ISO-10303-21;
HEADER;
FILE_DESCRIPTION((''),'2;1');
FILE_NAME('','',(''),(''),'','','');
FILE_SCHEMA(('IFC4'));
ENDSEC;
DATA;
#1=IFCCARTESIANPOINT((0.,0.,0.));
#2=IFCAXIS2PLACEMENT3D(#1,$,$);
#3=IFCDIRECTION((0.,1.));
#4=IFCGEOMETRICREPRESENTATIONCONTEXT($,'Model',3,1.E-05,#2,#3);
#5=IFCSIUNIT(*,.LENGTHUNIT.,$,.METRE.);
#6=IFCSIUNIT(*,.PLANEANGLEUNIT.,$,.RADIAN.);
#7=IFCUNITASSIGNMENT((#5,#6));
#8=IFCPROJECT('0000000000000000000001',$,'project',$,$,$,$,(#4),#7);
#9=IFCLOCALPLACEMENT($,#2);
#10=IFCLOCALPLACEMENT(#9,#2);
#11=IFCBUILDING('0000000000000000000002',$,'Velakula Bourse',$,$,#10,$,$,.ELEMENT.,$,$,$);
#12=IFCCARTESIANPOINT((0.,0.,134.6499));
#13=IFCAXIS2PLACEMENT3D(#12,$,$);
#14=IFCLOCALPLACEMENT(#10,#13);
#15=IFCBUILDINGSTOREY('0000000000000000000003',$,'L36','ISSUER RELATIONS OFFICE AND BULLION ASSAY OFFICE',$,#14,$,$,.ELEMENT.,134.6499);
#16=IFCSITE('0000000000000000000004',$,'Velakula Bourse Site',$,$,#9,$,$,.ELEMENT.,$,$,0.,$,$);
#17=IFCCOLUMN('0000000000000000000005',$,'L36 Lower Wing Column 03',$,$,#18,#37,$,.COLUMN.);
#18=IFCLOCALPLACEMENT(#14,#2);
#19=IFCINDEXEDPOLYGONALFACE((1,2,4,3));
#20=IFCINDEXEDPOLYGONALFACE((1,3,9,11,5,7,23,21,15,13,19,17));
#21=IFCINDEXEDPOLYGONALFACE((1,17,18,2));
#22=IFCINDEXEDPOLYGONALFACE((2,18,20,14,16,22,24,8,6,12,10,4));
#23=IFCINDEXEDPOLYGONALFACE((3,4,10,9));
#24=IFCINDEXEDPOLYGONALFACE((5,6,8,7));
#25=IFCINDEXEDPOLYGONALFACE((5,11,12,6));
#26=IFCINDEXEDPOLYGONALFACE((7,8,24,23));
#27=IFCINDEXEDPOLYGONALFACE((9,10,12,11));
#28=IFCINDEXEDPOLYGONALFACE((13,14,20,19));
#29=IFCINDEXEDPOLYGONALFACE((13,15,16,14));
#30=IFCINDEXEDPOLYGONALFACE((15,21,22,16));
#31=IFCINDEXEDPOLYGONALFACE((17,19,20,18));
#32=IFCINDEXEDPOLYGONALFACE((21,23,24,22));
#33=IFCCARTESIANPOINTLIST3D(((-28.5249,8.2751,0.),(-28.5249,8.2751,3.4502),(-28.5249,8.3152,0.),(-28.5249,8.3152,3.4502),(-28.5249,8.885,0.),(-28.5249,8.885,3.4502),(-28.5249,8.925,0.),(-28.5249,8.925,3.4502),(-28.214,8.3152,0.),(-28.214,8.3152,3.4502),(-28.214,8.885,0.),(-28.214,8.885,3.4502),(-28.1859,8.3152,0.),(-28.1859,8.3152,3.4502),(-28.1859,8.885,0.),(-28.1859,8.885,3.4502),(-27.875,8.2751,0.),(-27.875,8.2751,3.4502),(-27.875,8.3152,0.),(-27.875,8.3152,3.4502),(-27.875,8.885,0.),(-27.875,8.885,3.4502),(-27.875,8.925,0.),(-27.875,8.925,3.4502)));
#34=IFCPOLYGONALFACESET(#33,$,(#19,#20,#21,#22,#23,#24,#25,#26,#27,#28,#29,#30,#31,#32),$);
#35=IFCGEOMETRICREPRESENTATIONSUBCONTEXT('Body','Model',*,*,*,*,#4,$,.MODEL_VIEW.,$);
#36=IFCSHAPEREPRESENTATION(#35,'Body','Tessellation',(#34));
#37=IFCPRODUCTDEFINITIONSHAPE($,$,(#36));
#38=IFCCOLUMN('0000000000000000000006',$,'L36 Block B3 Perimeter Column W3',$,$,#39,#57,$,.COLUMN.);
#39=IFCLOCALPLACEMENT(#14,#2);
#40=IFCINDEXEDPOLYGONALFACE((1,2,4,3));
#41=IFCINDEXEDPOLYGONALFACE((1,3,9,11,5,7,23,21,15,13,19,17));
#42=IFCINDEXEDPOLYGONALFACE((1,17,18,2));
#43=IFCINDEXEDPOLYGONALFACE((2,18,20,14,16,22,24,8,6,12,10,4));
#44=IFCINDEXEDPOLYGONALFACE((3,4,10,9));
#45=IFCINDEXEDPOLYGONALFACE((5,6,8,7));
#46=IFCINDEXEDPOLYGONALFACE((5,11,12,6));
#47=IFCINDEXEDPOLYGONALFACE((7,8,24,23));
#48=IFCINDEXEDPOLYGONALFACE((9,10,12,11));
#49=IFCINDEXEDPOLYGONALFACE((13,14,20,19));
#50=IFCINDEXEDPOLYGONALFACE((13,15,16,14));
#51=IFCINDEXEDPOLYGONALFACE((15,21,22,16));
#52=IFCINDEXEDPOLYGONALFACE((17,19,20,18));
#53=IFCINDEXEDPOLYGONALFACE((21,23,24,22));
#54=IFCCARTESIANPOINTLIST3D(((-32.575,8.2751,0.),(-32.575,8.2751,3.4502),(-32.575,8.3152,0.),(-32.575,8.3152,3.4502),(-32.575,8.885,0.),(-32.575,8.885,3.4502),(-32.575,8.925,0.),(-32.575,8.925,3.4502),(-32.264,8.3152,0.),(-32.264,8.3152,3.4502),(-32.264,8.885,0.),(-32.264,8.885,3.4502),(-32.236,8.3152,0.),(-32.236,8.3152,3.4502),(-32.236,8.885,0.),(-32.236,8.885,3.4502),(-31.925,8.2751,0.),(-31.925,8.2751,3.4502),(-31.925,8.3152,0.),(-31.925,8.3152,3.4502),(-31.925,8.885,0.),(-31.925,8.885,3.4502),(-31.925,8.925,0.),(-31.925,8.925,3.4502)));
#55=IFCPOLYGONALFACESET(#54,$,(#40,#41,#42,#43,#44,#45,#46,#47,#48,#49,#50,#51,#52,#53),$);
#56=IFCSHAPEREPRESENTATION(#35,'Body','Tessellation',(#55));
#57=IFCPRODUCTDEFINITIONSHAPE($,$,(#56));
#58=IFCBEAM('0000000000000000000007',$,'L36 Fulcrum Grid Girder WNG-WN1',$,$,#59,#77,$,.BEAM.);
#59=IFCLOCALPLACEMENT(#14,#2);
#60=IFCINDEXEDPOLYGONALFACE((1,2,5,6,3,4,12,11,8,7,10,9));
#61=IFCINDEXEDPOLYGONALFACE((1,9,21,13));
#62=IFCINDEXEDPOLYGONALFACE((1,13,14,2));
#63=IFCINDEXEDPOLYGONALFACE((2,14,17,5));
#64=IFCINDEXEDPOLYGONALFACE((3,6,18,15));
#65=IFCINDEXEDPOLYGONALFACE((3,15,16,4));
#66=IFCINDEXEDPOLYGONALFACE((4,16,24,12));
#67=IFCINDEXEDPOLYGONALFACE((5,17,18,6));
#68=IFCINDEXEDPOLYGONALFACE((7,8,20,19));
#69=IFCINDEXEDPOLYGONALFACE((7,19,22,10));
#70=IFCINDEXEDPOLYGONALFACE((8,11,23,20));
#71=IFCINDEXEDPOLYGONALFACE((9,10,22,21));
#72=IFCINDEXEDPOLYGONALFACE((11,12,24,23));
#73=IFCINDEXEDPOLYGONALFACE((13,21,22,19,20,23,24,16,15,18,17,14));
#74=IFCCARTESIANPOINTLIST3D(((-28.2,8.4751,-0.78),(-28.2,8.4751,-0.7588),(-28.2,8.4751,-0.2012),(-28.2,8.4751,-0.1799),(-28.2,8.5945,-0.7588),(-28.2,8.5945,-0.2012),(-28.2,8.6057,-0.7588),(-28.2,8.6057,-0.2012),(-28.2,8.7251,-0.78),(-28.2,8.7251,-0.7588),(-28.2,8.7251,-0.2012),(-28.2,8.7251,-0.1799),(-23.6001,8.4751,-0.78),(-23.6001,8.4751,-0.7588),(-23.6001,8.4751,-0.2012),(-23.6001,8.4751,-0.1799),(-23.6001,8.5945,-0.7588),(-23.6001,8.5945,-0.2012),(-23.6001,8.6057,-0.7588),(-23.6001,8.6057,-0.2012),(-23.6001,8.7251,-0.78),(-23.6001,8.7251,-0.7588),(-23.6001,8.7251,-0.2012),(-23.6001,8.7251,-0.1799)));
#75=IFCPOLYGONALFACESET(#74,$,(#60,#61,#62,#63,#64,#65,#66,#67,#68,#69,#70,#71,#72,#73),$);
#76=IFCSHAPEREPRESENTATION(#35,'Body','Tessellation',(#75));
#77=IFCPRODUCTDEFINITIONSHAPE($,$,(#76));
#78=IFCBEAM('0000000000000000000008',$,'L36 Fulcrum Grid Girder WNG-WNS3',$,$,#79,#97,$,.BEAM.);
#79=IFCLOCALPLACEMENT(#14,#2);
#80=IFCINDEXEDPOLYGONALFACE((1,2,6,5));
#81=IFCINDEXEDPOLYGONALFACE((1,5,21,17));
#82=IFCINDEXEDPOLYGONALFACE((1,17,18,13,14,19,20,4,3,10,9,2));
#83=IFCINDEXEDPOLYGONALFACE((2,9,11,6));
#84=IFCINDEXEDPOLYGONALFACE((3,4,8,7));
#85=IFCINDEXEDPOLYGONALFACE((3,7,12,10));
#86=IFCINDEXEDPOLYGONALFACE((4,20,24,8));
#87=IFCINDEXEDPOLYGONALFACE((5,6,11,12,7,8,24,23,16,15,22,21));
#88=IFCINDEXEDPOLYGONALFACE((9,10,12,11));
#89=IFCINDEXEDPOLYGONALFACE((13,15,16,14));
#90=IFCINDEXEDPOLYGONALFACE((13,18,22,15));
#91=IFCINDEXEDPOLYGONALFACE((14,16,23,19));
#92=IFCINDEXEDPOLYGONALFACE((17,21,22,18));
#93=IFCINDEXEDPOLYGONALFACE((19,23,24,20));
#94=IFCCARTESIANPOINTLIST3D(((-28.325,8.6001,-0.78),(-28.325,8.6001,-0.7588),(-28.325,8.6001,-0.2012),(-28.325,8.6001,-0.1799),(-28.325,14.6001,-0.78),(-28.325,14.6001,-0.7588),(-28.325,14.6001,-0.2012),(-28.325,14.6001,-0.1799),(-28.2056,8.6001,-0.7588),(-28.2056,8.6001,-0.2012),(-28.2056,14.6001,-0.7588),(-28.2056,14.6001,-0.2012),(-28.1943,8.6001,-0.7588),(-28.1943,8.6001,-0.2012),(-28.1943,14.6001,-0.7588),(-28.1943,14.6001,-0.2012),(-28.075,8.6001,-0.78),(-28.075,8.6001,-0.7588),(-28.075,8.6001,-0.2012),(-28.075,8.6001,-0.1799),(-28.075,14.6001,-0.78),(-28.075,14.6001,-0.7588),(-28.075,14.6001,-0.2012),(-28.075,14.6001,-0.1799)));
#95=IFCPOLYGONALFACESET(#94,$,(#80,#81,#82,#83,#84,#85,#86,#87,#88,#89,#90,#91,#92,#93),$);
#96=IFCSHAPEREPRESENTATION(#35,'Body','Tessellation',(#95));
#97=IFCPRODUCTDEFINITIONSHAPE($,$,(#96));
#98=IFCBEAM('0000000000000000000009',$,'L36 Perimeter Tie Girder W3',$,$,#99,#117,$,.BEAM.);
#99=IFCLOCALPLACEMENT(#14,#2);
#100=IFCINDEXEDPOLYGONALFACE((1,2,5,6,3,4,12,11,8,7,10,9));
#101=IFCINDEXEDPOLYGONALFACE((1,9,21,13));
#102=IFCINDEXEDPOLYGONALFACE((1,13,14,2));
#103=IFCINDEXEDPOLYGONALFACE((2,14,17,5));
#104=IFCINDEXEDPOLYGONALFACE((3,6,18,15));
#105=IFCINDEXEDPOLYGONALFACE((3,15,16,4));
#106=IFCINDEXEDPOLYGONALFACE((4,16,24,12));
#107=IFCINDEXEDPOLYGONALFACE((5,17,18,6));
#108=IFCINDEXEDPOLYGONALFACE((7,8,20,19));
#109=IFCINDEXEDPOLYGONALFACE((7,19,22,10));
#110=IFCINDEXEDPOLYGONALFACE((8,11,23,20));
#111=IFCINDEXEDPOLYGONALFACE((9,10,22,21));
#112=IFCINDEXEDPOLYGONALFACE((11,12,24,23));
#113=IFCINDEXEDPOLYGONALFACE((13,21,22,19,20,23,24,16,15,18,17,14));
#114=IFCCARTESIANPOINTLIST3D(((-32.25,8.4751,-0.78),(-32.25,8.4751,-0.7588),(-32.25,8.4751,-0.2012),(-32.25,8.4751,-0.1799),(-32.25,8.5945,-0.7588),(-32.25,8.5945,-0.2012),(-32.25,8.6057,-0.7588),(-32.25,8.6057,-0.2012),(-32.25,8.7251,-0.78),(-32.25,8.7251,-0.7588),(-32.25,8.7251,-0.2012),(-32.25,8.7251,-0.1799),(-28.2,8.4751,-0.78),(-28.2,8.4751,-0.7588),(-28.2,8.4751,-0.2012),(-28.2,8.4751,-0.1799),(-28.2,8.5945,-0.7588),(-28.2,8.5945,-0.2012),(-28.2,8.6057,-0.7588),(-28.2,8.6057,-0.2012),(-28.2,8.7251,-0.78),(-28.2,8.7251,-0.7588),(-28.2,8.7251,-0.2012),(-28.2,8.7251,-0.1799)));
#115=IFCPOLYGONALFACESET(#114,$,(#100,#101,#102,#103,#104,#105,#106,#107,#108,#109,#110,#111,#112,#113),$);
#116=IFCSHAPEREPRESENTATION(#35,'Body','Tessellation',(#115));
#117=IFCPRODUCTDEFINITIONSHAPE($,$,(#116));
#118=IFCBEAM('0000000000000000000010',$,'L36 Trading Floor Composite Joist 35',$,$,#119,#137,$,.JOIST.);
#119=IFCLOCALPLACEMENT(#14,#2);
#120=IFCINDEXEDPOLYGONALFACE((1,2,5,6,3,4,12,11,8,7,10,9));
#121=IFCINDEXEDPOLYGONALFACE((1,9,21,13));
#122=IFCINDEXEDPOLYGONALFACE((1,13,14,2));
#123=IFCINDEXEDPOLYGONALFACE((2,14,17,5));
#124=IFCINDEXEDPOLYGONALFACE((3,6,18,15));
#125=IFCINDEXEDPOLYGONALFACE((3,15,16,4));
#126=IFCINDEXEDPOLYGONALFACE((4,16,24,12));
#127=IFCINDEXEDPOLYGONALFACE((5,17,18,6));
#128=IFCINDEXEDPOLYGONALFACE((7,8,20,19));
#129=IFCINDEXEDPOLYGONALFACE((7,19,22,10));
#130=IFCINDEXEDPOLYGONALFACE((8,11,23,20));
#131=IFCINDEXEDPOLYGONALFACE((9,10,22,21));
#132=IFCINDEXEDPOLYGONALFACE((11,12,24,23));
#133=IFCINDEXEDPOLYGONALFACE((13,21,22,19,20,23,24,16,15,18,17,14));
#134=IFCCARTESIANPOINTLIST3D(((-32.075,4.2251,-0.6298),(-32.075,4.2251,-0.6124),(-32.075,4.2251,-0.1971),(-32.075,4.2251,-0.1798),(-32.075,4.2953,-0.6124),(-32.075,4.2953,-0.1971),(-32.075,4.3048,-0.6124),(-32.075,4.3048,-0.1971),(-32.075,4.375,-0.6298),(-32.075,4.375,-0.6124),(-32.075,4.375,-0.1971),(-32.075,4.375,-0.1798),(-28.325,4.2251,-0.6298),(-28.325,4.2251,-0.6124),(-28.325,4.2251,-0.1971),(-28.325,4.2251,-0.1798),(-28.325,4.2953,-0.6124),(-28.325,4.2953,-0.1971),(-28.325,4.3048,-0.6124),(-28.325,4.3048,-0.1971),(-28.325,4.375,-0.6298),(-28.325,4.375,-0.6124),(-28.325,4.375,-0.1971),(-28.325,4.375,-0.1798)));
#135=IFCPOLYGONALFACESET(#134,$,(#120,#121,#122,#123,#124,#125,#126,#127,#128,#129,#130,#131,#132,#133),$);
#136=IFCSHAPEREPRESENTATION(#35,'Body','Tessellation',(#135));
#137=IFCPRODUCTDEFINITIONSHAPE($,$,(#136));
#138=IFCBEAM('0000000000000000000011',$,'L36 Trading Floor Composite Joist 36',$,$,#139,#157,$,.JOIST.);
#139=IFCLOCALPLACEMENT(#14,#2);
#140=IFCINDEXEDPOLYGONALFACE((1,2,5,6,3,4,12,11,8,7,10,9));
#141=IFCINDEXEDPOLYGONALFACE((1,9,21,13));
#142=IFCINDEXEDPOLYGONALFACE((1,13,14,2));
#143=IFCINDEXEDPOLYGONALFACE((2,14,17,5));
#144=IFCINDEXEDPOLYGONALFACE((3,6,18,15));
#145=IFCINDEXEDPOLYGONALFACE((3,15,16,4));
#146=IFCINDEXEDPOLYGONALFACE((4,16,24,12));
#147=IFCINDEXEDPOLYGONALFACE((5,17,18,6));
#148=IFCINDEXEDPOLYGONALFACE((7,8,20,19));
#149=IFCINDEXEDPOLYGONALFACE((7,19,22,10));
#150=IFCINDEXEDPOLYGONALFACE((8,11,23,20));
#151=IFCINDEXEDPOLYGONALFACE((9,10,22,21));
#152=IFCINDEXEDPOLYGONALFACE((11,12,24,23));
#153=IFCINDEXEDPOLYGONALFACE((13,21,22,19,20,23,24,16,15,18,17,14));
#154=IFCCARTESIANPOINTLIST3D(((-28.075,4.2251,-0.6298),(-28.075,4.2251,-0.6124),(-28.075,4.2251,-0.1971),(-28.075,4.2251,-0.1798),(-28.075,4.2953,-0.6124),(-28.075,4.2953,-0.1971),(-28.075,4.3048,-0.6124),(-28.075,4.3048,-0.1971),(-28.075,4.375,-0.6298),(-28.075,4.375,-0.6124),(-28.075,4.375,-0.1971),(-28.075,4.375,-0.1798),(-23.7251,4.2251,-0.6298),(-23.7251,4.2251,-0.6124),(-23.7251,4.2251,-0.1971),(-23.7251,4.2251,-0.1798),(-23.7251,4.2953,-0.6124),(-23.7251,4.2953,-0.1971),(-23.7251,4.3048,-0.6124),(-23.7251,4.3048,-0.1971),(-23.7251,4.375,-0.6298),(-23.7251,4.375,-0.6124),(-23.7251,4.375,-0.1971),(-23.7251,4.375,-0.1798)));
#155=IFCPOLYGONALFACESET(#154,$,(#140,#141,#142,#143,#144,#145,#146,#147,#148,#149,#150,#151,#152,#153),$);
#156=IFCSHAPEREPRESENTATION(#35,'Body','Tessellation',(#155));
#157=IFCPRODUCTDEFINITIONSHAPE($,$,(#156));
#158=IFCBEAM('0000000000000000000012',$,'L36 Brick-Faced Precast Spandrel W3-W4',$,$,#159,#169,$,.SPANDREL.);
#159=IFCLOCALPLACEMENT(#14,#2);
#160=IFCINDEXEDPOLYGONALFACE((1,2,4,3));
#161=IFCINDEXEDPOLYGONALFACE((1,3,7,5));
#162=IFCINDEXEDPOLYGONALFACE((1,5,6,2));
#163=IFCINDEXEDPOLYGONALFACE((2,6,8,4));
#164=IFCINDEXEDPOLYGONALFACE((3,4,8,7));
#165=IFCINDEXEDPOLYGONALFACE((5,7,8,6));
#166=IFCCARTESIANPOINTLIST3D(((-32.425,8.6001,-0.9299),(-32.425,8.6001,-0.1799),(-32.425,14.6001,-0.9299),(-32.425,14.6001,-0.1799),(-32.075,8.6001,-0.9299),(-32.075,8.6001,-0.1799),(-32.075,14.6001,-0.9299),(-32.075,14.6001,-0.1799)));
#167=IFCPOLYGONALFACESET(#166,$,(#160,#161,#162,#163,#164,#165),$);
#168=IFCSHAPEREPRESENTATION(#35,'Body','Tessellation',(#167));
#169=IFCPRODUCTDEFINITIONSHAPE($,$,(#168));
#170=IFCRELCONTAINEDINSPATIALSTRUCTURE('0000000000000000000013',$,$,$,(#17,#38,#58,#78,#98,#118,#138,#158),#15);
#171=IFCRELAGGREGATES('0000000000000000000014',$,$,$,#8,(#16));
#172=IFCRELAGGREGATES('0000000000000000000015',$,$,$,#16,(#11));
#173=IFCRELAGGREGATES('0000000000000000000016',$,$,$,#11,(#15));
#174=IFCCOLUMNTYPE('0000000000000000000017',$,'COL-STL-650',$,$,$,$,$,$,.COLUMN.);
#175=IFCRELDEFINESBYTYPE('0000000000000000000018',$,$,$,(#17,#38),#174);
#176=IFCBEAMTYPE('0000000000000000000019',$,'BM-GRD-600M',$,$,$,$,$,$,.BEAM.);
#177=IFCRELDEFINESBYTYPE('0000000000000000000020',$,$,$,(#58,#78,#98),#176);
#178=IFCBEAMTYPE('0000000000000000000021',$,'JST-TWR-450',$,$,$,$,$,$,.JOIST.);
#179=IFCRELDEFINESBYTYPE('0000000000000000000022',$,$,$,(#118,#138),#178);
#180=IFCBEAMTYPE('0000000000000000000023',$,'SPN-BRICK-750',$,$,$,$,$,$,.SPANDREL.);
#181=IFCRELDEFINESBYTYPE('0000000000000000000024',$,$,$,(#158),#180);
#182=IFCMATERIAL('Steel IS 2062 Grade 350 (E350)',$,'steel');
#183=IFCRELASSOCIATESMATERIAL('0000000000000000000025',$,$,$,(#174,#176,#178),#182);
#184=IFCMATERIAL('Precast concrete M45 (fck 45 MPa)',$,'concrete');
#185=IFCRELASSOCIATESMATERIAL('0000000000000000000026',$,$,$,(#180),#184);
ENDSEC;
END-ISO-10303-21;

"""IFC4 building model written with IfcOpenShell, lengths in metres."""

from ifc_helpers import new_model, si_unit, direction, frame, origin, origin_2d, place, context, subcontext, project, spatial, rectangle, i_section, extrude, material, material_profile, profile_set, type_object, element, save


model = new_model("IFC4")

# Units and contexts
model_context = context("Model", 3, precision=1e-05, world=origin(), true_north=direction((0.0, 1.0)))
body_context = subcontext(model_context, "Body", "Model", "MODEL_VIEW")
ifc_project = project(units=[si_unit("LENGTHUNIT", "METRE"), si_unit("PLANEANGLEUNIT", "RADIAN")], contexts=[model_context])

# Site, building, storey
site_placement = place(None, origin())
site = spatial("IfcSite", under=ifc_project, at=site_placement, Name="Velakula Bourse Site", CompositionType="ELEMENT", RefElevation=0.0)
building_placement = place(site_placement, origin())
building = spatial("IfcBuilding", under=site, at=building_placement, Name="Velakula Bourse", CompositionType="ELEMENT")
storey_placement = place(building_placement, frame((0.0, 0.0, 134.6499)))
storey = spatial("IfcBuildingStorey", under=building, at=storey_placement, Name="L36", Description="ISSUER RELATIONS OFFICE AND BULLION ASSAY OFFICE", CompositionType="ELEMENT", Elevation=134.6499)

# Columns
ifc_material_1 = material(Name="Steel IS 2062 Grade 350 (E350)", Category="steel")
ifc_material_profile_1 = material_profile(ifc_material_1, i_section(OverallWidth=0.6499, OverallDepth=0.6499, WebThickness=0.0281, FlangeThickness=0.04, at=origin_2d()), Name="Steel IS 2062 Grade 350 (E350)")
ifc_profile_set_1 = profile_set([ifc_material_profile_1], Name="Steel IS 2062 Grade 350 (E350)")
column_type = type_object("IfcColumnType", Name="COL-STL-650", PredefinedType="COLUMN", material=ifc_profile_set_1)
for number, where, z_axis, x_axis, name in (
    (1, (-28.2, 8.6001, 0.0), (0.0, 0.0, 1.0), (1.0, 0.0, 0.0), "L36 Lower Wing Column 03"),
    (2, (-32.25, 8.6001, 0.0), (0.0, 0.0, 1.0), (1.0, 0.0, 0.0), "L36 Block B3 Perimeter Column W3"),
):
    element("IfcColumn", number, at=place(storey_placement, frame(where, z_axis=z_axis, x_axis=x_axis)), inside=storey, type_object=column_type, Name=name, PredefinedType="COLUMN", context=body_context, shape_type="SweptSolid", body=[
        extrude(i_section(OverallWidth=0.6499, OverallDepth=0.6499, WebThickness=0.0281, FlangeThickness=0.04, at=origin_2d()), origin(), (0.0, 0.0, 1.0), 3.4502),
    ])

# Beams
ifc_material_profile_2 = material_profile(ifc_material_1, i_section(OverallWidth=0.25, OverallDepth=0.6001, WebThickness=0.0112, FlangeThickness=0.0212, at=origin_2d()), Name="Steel IS 2062 Grade 350 (E350)")
ifc_profile_set_2 = profile_set([ifc_material_profile_2], Name="Steel IS 2062 Grade 350 (E350)")
beam_type_1 = type_object("IfcBeamType", Name="BM-GRD-600M", PredefinedType="BEAM", material=ifc_profile_set_2)
beam_1_placement = place(storey_placement, frame((-28.2, 8.6001, -0.48), z_axis=(1.0, 0.0, 0.0), x_axis=(0.0, 1.0, 0.0)))
element("IfcBeam", 3, at=beam_1_placement, inside=storey, type_object=beam_type_1, Name="L36 Fulcrum Grid Girder WNG-WN1", PredefinedType="BEAM", context=body_context, shape_type="SweptSolid", body=[
    extrude(i_section(OverallWidth=0.25, OverallDepth=0.6001, WebThickness=0.0112, FlangeThickness=0.0212, at=origin_2d()), origin(), (0.0, 0.0, 1.0), 4.5999),
])
beam_2_placement = place(storey_placement, frame((-28.2, 8.6001, -0.48), z_axis=(0.0, 1.0, 0.0), x_axis=(-1.0, 0.0, 0.0)))
element("IfcBeam", 4, at=beam_2_placement, inside=storey, type_object=beam_type_1, Name="L36 Fulcrum Grid Girder WNG-WNS3", PredefinedType="BEAM", context=body_context, shape_type="SweptSolid", body=[
    extrude(i_section(OverallWidth=0.25, OverallDepth=0.6001, WebThickness=0.0112, FlangeThickness=0.0212, at=origin_2d()), origin(), (0.0, 0.0, 1.0), 6.0),
])
beam_3_placement = place(storey_placement, frame((-28.2, 8.6001, -0.48), z_axis=(-1.0, 0.0, 0.0), x_axis=(0.0, -1.0, 0.0)))
element("IfcBeam", 5, at=beam_3_placement, inside=storey, type_object=beam_type_1, Name="L36 Perimeter Tie Girder W3", PredefinedType="BEAM", context=body_context, shape_type="SweptSolid", body=[
    extrude(i_section(OverallWidth=0.25, OverallDepth=0.6001, WebThickness=0.0112, FlangeThickness=0.0212, at=origin_2d()), origin(), (0.0, 0.0, 1.0), 4.05),
])
ifc_material_profile_3 = material_profile(ifc_material_1, i_section(OverallWidth=0.1499, OverallDepth=0.45, WebThickness=0.0095, FlangeThickness=0.0173, at=origin_2d()), Name="Steel IS 2062 Grade 350 (E350)")
ifc_profile_set_3 = profile_set([ifc_material_profile_3], Name="Steel IS 2062 Grade 350 (E350)")
beam_type_2 = type_object("IfcBeamType", Name="JST-TWR-450", PredefinedType="JOIST", material=ifc_profile_set_3)
beam_4_placement = place(storey_placement, frame((-32.075, 4.3, -0.4048), z_axis=(1.0, 0.0, 0.0), x_axis=(0.0, 1.0, 0.0)))
element("IfcBeam", 6, at=beam_4_placement, inside=storey, type_object=beam_type_2, Name="L36 Trading Floor Composite Joist 35", PredefinedType="JOIST", context=body_context, shape_type="SweptSolid", body=[
    extrude(i_section(OverallWidth=0.1499, OverallDepth=0.45, WebThickness=0.0095, FlangeThickness=0.0173, at=origin_2d()), origin(), (0.0, 0.0, 1.0), 3.75),
])
beam_5_placement = place(storey_placement, frame((-28.075, 4.3, -0.4048), z_axis=(1.0, 0.0, 0.0), x_axis=(0.0, 1.0, 0.0)))
element("IfcBeam", 7, at=beam_5_placement, inside=storey, type_object=beam_type_2, Name="L36 Trading Floor Composite Joist 36", PredefinedType="JOIST", context=body_context, shape_type="SweptSolid", body=[
    extrude(i_section(OverallWidth=0.1499, OverallDepth=0.45, WebThickness=0.0095, FlangeThickness=0.0173, at=origin_2d()), origin(), (0.0, 0.0, 1.0), 4.3499),
])
ifc_material_2 = material(Name="Precast concrete M45 (fck 45 MPa)", Category="concrete")
ifc_material_profile_4 = material_profile(ifc_material_2, rectangle(XDim=0.3501, YDim=0.75, at=origin_2d()), Name="Precast concrete M45 (fck 45 MPa)")
ifc_profile_set_4 = profile_set([ifc_material_profile_4], Name="Precast concrete M45 (fck 45 MPa)")
beam_type_3 = type_object("IfcBeamType", Name="SPN-BRICK-750", PredefinedType="SPANDREL", material=ifc_profile_set_4)
beam_6_placement = place(storey_placement, frame((-32.25, 8.6001, -0.5549), z_axis=(0.0, 1.0, 0.0), x_axis=(-1.0, 0.0, 0.0)))
element("IfcBeam", 8, at=beam_6_placement, inside=storey, type_object=beam_type_3, Name="L36 Brick-Faced Precast Spandrel W3-W4", PredefinedType="SPANDREL", context=body_context, shape_type="SweptSolid", body=[
    extrude(rectangle(XDim=0.3501, YDim=0.75, at=origin_2d()), origin(), (0.0, 0.0, 1.0), 6.0),
])

save(model, "model.ifc")
